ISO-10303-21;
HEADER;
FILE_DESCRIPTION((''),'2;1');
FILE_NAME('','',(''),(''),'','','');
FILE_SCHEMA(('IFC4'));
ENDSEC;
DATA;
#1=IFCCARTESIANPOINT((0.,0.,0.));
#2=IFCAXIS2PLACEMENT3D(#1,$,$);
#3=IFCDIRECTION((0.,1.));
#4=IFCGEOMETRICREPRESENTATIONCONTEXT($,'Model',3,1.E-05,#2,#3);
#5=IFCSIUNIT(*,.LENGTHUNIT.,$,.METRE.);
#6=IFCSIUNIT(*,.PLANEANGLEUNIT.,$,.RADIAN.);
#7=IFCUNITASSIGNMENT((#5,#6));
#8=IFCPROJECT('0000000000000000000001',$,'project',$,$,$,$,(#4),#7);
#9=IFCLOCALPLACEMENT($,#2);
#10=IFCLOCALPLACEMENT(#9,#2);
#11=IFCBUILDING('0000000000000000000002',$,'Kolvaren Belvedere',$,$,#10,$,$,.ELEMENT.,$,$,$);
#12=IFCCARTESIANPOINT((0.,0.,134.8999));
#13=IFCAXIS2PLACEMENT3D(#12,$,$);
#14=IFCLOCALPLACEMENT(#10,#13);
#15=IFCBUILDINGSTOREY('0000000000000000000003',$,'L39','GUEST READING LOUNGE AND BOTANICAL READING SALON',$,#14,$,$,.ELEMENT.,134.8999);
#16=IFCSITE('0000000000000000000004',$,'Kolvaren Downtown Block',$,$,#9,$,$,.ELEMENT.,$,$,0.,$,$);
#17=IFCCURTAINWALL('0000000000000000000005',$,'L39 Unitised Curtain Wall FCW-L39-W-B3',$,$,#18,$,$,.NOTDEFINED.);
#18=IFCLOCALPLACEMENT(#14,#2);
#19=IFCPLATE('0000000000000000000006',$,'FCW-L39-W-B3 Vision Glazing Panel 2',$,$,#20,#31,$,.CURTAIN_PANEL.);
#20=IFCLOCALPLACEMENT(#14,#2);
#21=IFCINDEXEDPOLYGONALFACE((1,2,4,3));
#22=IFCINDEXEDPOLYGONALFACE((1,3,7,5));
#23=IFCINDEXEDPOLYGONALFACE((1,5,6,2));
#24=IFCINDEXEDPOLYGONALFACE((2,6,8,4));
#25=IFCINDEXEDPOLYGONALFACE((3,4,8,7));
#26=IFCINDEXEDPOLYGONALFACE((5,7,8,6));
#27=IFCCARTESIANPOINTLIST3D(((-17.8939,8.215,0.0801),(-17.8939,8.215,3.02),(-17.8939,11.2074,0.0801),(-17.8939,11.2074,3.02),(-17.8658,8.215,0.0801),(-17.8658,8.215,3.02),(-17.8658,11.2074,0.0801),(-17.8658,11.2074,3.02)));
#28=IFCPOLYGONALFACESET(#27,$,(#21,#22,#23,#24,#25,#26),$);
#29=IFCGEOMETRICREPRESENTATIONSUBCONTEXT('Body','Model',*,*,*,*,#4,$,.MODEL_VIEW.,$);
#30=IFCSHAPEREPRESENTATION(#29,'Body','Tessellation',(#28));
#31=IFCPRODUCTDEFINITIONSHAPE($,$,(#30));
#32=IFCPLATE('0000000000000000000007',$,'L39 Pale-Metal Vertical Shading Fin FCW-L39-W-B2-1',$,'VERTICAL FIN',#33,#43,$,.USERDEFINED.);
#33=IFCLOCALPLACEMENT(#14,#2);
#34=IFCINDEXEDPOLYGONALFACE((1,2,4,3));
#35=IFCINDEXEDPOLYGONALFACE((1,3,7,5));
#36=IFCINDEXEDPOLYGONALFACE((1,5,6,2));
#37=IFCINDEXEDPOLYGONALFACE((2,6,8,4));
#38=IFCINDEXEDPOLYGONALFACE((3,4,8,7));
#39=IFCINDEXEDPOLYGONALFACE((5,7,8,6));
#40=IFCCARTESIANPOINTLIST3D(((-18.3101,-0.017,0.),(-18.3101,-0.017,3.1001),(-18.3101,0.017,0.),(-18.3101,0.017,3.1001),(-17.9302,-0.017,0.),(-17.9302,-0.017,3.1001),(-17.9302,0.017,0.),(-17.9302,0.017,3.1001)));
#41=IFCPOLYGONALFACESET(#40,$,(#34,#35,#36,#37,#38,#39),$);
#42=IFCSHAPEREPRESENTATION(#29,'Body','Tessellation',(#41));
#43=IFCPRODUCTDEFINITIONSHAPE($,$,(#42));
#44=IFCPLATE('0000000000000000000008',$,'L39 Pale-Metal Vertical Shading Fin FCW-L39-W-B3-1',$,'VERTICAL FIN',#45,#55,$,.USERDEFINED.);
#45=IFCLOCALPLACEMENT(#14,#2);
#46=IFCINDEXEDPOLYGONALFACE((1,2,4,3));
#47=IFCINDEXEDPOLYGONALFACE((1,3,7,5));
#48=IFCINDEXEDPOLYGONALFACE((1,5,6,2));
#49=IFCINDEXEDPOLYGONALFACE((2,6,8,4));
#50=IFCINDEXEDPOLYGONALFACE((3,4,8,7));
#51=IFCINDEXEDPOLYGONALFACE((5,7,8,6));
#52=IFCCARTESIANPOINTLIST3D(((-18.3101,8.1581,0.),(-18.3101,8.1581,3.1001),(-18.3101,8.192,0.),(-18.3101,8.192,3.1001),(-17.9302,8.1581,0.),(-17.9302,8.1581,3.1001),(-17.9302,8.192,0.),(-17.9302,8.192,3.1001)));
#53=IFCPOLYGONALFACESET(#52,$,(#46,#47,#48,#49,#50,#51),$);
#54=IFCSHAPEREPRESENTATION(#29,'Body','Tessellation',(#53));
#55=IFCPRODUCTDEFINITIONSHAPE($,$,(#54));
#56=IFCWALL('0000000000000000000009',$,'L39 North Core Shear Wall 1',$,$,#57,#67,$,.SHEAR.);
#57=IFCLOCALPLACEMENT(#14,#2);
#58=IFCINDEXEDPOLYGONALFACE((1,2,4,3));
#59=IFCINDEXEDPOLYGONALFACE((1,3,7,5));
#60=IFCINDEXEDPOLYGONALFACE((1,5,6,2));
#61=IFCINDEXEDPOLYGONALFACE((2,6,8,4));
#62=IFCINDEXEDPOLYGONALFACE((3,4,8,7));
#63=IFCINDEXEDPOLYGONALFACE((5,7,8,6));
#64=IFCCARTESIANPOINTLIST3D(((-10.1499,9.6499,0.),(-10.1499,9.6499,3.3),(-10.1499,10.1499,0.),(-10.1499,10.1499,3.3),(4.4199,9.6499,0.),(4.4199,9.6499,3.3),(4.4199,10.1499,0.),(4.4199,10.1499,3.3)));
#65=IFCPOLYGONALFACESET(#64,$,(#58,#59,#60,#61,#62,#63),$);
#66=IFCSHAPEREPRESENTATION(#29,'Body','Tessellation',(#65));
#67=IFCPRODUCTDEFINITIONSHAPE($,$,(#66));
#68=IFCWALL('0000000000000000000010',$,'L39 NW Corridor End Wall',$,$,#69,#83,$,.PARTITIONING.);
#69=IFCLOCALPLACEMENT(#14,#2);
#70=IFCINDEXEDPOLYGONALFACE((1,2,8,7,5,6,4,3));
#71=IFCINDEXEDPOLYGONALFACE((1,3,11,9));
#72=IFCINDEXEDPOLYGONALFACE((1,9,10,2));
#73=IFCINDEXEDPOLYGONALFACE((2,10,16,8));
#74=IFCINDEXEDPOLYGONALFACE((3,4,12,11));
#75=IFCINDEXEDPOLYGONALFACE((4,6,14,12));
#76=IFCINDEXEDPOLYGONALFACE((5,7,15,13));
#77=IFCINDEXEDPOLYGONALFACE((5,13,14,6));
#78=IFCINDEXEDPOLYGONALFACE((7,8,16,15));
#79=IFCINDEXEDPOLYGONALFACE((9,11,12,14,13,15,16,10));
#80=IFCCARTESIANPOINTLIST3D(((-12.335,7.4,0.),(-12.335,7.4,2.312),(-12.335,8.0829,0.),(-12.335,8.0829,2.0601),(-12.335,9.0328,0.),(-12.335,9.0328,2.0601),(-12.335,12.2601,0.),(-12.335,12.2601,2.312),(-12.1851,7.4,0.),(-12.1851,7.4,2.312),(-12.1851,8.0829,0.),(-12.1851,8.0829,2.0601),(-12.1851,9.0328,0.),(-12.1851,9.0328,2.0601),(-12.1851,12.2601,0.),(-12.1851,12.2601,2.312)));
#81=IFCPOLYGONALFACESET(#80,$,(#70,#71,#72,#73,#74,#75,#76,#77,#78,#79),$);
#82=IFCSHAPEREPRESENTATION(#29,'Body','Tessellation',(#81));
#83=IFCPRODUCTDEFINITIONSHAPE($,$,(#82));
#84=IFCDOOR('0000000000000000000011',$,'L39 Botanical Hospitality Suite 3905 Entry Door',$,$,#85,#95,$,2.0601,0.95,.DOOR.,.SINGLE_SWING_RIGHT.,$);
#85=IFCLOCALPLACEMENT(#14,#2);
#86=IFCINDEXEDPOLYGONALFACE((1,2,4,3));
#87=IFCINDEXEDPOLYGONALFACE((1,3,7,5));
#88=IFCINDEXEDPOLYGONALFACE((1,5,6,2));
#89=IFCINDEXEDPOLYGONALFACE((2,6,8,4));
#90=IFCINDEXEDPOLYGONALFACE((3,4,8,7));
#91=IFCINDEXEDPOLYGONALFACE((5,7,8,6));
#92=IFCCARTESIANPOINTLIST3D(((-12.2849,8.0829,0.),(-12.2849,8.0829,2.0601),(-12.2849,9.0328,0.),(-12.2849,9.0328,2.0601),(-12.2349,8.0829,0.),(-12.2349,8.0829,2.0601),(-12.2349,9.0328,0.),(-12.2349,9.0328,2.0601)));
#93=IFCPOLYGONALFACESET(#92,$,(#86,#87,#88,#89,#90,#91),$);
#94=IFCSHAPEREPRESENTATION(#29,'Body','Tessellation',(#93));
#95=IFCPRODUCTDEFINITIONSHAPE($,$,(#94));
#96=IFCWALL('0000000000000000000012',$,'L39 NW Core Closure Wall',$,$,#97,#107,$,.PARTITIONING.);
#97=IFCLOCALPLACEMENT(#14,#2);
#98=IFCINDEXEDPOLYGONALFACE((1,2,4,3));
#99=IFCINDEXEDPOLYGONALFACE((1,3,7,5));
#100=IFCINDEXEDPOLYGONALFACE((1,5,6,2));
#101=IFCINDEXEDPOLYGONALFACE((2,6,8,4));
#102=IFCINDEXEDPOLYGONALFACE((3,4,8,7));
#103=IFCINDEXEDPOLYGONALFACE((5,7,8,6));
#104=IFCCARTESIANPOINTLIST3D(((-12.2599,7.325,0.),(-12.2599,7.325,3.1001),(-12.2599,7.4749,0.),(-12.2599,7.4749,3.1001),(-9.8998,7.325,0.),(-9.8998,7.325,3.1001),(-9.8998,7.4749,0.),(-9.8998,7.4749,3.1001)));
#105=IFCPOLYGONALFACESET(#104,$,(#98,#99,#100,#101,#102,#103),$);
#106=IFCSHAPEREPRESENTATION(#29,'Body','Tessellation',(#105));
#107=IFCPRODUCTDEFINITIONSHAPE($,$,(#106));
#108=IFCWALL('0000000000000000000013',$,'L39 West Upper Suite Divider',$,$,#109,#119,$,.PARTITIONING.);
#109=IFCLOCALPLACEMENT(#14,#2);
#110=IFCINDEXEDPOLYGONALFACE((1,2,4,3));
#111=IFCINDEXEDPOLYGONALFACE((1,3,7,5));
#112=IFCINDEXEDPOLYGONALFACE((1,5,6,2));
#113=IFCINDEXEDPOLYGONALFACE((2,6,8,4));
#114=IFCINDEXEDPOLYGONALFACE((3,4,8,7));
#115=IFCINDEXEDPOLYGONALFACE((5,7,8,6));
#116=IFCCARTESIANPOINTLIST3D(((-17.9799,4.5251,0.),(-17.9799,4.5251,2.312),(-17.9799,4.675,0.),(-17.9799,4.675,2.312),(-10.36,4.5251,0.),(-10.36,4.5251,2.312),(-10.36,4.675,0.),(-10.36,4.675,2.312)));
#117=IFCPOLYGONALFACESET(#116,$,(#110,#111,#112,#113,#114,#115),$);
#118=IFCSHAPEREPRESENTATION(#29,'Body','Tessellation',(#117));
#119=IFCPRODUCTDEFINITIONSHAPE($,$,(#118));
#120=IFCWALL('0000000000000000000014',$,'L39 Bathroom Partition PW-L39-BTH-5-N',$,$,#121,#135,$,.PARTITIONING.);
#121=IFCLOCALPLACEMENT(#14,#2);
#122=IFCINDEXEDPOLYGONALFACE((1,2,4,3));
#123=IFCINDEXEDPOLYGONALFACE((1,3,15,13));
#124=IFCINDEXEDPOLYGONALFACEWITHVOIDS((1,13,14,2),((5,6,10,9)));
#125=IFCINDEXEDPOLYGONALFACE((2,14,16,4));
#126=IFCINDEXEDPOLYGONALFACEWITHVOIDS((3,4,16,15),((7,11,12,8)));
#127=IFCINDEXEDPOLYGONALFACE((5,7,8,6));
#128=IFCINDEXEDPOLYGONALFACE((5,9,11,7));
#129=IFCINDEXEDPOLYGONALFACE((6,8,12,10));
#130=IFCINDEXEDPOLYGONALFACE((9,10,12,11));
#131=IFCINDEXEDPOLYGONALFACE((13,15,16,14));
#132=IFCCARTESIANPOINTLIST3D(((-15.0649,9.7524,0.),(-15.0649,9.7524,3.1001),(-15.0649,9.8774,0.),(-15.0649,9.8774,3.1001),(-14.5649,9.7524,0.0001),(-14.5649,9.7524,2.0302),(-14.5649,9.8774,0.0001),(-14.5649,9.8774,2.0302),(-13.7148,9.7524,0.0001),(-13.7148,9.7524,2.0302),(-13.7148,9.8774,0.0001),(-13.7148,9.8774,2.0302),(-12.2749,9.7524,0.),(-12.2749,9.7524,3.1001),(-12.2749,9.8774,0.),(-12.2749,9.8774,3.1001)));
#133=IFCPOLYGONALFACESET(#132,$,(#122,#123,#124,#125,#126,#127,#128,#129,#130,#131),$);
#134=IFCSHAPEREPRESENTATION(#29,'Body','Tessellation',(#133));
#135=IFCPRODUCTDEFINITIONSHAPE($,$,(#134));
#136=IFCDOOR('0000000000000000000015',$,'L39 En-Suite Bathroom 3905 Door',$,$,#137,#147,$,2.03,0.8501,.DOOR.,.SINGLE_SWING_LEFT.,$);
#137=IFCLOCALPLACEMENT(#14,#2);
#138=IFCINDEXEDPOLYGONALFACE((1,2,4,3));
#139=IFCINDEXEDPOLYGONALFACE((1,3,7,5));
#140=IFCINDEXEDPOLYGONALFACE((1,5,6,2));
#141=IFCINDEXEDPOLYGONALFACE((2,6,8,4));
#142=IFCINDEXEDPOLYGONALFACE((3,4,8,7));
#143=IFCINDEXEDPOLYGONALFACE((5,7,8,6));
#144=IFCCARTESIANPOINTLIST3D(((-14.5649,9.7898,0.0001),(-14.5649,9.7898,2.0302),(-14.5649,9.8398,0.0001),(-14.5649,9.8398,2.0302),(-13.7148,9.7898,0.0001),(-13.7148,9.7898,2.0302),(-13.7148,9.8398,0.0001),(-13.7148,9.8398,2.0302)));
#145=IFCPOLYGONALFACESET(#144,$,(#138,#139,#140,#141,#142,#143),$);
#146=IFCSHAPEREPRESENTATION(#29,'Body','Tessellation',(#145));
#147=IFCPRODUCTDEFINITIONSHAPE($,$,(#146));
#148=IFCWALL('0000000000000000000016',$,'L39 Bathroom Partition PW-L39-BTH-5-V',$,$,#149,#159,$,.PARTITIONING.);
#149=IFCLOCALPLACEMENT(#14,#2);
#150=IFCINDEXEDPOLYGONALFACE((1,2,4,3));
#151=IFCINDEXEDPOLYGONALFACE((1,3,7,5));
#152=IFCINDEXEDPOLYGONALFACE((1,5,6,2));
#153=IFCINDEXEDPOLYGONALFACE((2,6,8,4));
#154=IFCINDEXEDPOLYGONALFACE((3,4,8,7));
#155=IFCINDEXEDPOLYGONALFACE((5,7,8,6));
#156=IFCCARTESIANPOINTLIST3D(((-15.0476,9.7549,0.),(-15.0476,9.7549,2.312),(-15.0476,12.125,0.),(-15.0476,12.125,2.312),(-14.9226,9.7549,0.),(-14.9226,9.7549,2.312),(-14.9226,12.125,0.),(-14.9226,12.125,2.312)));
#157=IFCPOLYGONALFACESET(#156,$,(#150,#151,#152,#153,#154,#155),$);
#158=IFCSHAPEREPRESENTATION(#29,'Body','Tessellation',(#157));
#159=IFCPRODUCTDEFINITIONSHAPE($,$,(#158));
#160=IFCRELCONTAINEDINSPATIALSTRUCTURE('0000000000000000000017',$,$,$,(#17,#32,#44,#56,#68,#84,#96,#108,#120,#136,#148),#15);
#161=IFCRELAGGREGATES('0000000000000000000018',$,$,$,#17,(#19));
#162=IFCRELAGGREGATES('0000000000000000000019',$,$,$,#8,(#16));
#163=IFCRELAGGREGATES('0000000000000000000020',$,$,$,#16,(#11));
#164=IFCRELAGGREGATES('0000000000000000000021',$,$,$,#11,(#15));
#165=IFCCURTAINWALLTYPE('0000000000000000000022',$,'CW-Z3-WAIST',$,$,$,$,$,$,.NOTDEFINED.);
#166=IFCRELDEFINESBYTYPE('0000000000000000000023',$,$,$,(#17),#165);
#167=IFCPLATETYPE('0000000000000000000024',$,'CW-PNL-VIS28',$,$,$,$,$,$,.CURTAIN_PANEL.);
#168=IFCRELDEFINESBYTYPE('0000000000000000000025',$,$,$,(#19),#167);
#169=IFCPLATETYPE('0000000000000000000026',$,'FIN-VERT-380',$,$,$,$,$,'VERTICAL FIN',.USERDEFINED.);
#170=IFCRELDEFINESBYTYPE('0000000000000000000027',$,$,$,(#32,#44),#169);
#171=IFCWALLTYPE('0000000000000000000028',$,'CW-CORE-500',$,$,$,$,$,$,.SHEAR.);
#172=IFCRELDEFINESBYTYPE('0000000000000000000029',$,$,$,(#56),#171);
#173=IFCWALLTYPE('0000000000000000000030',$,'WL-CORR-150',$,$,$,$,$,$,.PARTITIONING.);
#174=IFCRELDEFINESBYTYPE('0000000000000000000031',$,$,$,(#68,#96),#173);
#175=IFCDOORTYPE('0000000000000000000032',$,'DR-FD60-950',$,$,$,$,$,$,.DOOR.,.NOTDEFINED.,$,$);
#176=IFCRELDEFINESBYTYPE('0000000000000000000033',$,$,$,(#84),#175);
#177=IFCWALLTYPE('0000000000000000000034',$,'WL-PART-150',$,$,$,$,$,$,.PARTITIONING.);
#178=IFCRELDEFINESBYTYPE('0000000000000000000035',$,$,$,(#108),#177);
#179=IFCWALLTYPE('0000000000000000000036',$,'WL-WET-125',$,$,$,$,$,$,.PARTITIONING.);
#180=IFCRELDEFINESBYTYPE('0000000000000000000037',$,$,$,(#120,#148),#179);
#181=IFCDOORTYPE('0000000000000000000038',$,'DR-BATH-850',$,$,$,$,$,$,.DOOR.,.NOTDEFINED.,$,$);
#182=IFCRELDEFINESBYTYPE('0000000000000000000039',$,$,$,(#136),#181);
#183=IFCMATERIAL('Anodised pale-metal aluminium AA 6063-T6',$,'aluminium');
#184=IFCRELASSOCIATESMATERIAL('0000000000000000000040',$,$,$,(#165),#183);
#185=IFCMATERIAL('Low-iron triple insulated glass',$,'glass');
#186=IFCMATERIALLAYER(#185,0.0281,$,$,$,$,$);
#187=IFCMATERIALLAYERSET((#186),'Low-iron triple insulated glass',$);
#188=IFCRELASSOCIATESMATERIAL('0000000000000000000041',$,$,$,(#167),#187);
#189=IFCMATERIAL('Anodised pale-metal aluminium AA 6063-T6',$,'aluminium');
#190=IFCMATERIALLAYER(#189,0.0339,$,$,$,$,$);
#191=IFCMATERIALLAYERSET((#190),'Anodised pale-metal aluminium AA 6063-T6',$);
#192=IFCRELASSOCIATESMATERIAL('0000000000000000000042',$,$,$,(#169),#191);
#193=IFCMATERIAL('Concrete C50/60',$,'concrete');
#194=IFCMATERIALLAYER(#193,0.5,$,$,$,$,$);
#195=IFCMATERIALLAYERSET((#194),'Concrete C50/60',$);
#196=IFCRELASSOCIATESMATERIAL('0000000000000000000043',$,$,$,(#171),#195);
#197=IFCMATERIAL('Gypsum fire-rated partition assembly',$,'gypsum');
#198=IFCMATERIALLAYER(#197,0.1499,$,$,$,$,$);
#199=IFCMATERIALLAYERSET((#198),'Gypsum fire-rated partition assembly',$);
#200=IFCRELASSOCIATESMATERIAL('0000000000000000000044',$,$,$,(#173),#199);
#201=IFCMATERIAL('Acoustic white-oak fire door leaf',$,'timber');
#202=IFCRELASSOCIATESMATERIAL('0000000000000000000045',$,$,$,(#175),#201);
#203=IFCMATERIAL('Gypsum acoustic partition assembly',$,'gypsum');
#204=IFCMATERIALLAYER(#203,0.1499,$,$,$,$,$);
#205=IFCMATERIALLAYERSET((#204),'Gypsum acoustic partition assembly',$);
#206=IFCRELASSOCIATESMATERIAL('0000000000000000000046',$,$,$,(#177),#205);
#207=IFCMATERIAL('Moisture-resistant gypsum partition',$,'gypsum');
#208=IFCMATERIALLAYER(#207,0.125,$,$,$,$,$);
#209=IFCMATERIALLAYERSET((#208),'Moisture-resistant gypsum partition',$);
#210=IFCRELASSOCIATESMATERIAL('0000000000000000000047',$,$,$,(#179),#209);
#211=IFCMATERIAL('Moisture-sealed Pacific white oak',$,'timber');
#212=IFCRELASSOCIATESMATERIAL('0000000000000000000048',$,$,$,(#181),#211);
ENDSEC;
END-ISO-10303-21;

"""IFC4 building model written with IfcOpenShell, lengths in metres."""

from ifc_helpers import new_model, si_unit, direction, frame, frame_2d, origin, origin_2d, place, context, subcontext, project, spatial, rectangle, extrude, material, layer, layer_set, type_object, element, fill, aggregate, save


model = new_model("IFC4")

# Units and contexts
model_context = context("Model", 3, precision=1e-05, world=origin(), true_north=direction((0.0, 1.0)))
body_context = subcontext(model_context, "Body", "Model", "MODEL_VIEW")
ifc_project = project(units=[si_unit("LENGTHUNIT", "METRE"), si_unit("PLANEANGLEUNIT", "RADIAN")], contexts=[model_context])

# Site, building, storey
site_placement = place(None, origin())
site = spatial("IfcSite", under=ifc_project, at=site_placement, Name="Kolvaren Downtown Block", CompositionType="ELEMENT", RefElevation=0.0)
building_placement = place(site_placement, origin())
building = spatial("IfcBuilding", under=site, at=building_placement, Name="Kolvaren Belvedere", CompositionType="ELEMENT")
storey_placement = place(building_placement, frame((0.0, 0.0, 134.8999)))
storey = spatial("IfcBuildingStorey", under=building, at=storey_placement, Name="L39", Description="GUEST READING LOUNGE AND BOTANICAL READING SALON", CompositionType="ELEMENT", Elevation=134.8999)

# Curtain wall
ifc_material_1 = material(Name="Anodised pale-metal aluminium AA 6063-T6", Category="aluminium")
curtain_wall_type = type_object("IfcCurtainWallType", Name="CW-Z3-WAIST", PredefinedType="NOTDEFINED", material=ifc_material_1)
curtain_wall_1_placement = place(storey_placement, origin())
curtain_wall_1 = element("IfcCurtainWall", 1, at=curtain_wall_1_placement, inside=storey, type_object=curtain_wall_type, Name="L39 Unitised Curtain Wall FCW-L39-W-B3", PredefinedType="NOTDEFINED")

# Plate
ifc_material_2 = material(Name="Low-iron triple insulated glass", Category="glass")
ifc_layer_1 = layer(ifc_material_2, 0.0281)
ifc_layer_set_1 = layer_set([ifc_layer_1], Name="Low-iron triple insulated glass")
plate_type_1 = type_object("IfcPlateType", Name="CW-PNL-VIS28", PredefinedType="CURTAIN_PANEL", material=ifc_layer_set_1)
plate_1_placement = place(storey_placement, frame((-17.8799, 9.7112, 0.0801), z_axis=(0.0, 0.0, 1.0), x_axis=(0.0, 1.0, 0.0)))
plate_1 = element("IfcPlate", 2, at=plate_1_placement, type_object=plate_type_1, Name="FCW-L39-W-B3 Vision Glazing Panel 2", PredefinedType="CURTAIN_PANEL", context=body_context, shape_type="SweptSolid", body=[
    extrude(rectangle(XDim=2.9924, YDim=0.0281, at=origin_2d()), origin(), (0.0, 0.0, 1.0), 2.9399),
])
aggregate(curtain_wall_1, [plate_1])

# Plates
ifc_material_3 = material(Name="Anodised pale-metal aluminium AA 6063-T6", Category="aluminium")
ifc_layer_2 = layer(ifc_material_3, 0.0339)
ifc_layer_set_2 = layer_set([ifc_layer_2], Name="Anodised pale-metal aluminium AA 6063-T6")
plate_type_2 = type_object("IfcPlateType", Name="FIN-VERT-380", ElementType="VERTICAL FIN", PredefinedType="USERDEFINED", material=ifc_layer_set_2)
for number, where, z_axis, x_axis, name in (
    (3, (-18.1201, 0.0, 0.0), (0.0, 0.0, 1.0), (1.0, 0.0, 0.0), "L39 Pale-Metal Vertical Shading Fin FCW-L39-W-B2-1"),
    (4, (-18.1201, 8.175, 0.0), (0.0, 0.0, 1.0), (1.0, 0.0, 0.0), "L39 Pale-Metal Vertical Shading Fin FCW-L39-W-B3-1"),
):
    element("IfcPlate", number, at=place(storey_placement, frame(where, z_axis=z_axis, x_axis=x_axis)), inside=storey, type_object=plate_type_2, Name=name, ObjectType="VERTICAL FIN", PredefinedType="USERDEFINED", context=body_context, shape_type="SweptSolid", body=[
        extrude(rectangle(XDim=0.3799, YDim=0.0339, at=origin_2d()), origin(), (0.0, 0.0, 1.0), 3.1001),
    ])

# Wall
ifc_material_4 = material(Name="Concrete C50/60", Category="concrete")
ifc_layer_3 = layer(ifc_material_4, 0.5)
ifc_layer_set_3 = layer_set([ifc_layer_3], Name="Concrete C50/60")
wall_type_1 = type_object("IfcWallType", Name="CW-CORE-500", PredefinedType="SHEAR", material=ifc_layer_set_3)
wall_1_placement = place(storey_placement, frame((-10.1499, 9.8999, 0.0), z_axis=(0.0, 0.0, 1.0), x_axis=(1.0, 0.0, 0.0)))
element("IfcWall", 5, at=wall_1_placement, inside=storey, type_object=wall_type_1, Name="L39 North Core Shear Wall 1", PredefinedType="SHEAR", context=body_context, shape_type="SweptSolid", body=[
    extrude(rectangle(XDim=14.5698, YDim=0.5, at=frame_2d((7.2849, 0.0))), origin(), (0.0, 0.0, 1.0), 3.3),
])

# Wall, opening, door
ifc_material_5 = material(Name="Gypsum fire-rated partition assembly", Category="gypsum")
ifc_layer_4 = layer(ifc_material_5, 0.1499)
ifc_layer_set_4 = layer_set([ifc_layer_4], Name="Gypsum fire-rated partition assembly")
wall_type_2 = type_object("IfcWallType", Name="WL-CORR-150", PredefinedType="PARTITIONING", material=ifc_layer_set_4)
wall_2_placement = place(storey_placement, frame((-12.26, 7.3999, 0.0), z_axis=(0.0, 0.0, 1.0), x_axis=(0.0, 1.0, 0.0)))
wall_2 = element("IfcWall", 6, at=wall_2_placement, inside=storey, type_object=wall_type_2, Name="L39 NW Corridor End Wall", PredefinedType="PARTITIONING", context=body_context, shape_type="SweptSolid", body=[
    extrude(rectangle(XDim=4.8601, YDim=0.1499, at=frame_2d((2.4302, 0.0))), origin(), (0.0, 0.0, 1.0), 2.312),
])
opening_1_placement = place(wall_2_placement, frame((0.6829, 0.0, 0.0)))
opening_1 = element("IfcOpeningElement", 7, at=opening_1_placement, cuts=wall_2, PredefinedType="OPENING", context=body_context, shape_type="SweptSolid", body=[
    extrude(rectangle(XDim=0.95, YDim=2.0601, at=frame_2d((0.4751, 1.03))), frame((0.0, 0.085, 0.0), z_axis=(0.0, -1.0, 0.0), x_axis=(1.0, 0.0, 0.0)), (0.0, 0.0, 1.0), 0.1699),
])
ifc_material_6 = material(Name="Acoustic white-oak fire door leaf", Category="timber")
door_type_1 = type_object("IfcDoorType", Name="DR-FD60-950", OperationType="NOTDEFINED", PredefinedType="DOOR", material=ifc_material_6)
door_1_placement = place(opening_1_placement, origin())
door_1 = element("IfcDoor", 8, at=door_1_placement, inside=storey, type_object=door_type_1, Name="L39 Botanical Hospitality Suite 3905 Entry Door", OperationType="SINGLE_SWING_RIGHT", OverallHeight=2.0601, OverallWidth=0.95, PredefinedType="DOOR", context=body_context, shape_type="SweptSolid", body=[
    extrude(rectangle(XDim=0.95, YDim=2.0601, at=frame_2d((0.4751, 1.03))), frame((0.0, 0.0249, 0.0), z_axis=(0.0, -1.0, 0.0), x_axis=(1.0, 0.0, 0.0)), (0.0, 0.0, 1.0), 0.05),
])
fill(opening_1, door_1)

# Walls
wall_3_placement = place(storey_placement, frame((-12.26, 7.3999, 0.0), z_axis=(0.0, 0.0, 1.0), x_axis=(1.0, 0.0, 0.0)))
element("IfcWall", 9, at=wall_3_placement, inside=storey, type_object=wall_type_2, Name="L39 NW Core Closure Wall", PredefinedType="PARTITIONING", context=body_context, shape_type="SweptSolid", body=[
    extrude(rectangle(XDim=2.3601, YDim=0.1499, at=frame_2d((1.1802, 0.0))), origin(), (0.0, 0.0, 1.0), 3.1001),
])
ifc_material_7 = material(Name="Gypsum acoustic partition assembly", Category="gypsum")
ifc_layer_5 = layer(ifc_material_7, 0.1499)
ifc_layer_set_5 = layer_set([ifc_layer_5], Name="Gypsum acoustic partition assembly")
wall_type_3 = type_object("IfcWallType", Name="WL-PART-150", PredefinedType="PARTITIONING", material=ifc_layer_set_5)
wall_4_placement = place(storey_placement, frame((-17.98, 4.6001, 0.0), z_axis=(0.0, 0.0, 1.0), x_axis=(1.0, 0.0, 0.0)))
element("IfcWall", 10, at=wall_4_placement, inside=storey, type_object=wall_type_3, Name="L39 West Upper Suite Divider", PredefinedType="PARTITIONING", context=body_context, shape_type="SweptSolid", body=[
    extrude(rectangle(XDim=7.6199, YDim=0.1499, at=frame_2d((3.8101, 0.0))), origin(), (0.0, 0.0, 1.0), 2.312),
])

# Wall, opening, door
ifc_material_8 = material(Name="Moisture-resistant gypsum partition", Category="gypsum")
ifc_layer_6 = layer(ifc_material_8, 0.125)
ifc_layer_set_6 = layer_set([ifc_layer_6], Name="Moisture-resistant gypsum partition")
wall_type_4 = type_object("IfcWallType", Name="WL-WET-125", PredefinedType="PARTITIONING", material=ifc_layer_set_6)
wall_5_placement = place(storey_placement, frame((-15.0649, 9.8149, 0.0), z_axis=(0.0, 0.0, 1.0), x_axis=(1.0, 0.0, 0.0)))
wall_5 = element("IfcWall", 11, at=wall_5_placement, inside=storey, type_object=wall_type_4, Name="L39 Bathroom Partition PW-L39-BTH-5-N", PredefinedType="PARTITIONING", context=body_context, shape_type="SweptSolid", body=[
    extrude(rectangle(XDim=2.79, YDim=0.125, at=frame_2d((1.395, 0.0))), origin(), (0.0, 0.0, 1.0), 3.1001),
])
opening_2_placement = place(wall_5_placement, frame((0.5, 0.0, 0.0)))
opening_2 = element("IfcOpeningElement", 12, at=opening_2_placement, cuts=wall_5, PredefinedType="OPENING", context=body_context, shape_type="SweptSolid", body=[
    extrude(rectangle(XDim=0.8501, YDim=2.03, at=frame_2d((0.425, 1.0151))), frame((0.0, 0.0725, 0.0), z_axis=(0.0, -1.0, 0.0), x_axis=(1.0, 0.0, 0.0)), (0.0, 0.0, 1.0), 0.145),
])
ifc_material_9 = material(Name="Moisture-sealed Pacific white oak", Category="timber")
door_type_2 = type_object("IfcDoorType", Name="DR-BATH-850", OperationType="NOTDEFINED", PredefinedType="DOOR", material=ifc_material_9)
door_2_placement = place(opening_2_placement, origin())
door_2 = element("IfcDoor", 13, at=door_2_placement, inside=storey, type_object=door_type_2, Name="L39 En-Suite Bathroom 3905 Door", OperationType="SINGLE_SWING_LEFT", OverallHeight=2.03, OverallWidth=0.8501, PredefinedType="DOOR", context=body_context, shape_type="SweptSolid", body=[
    extrude(rectangle(XDim=0.8501, YDim=2.03, at=frame_2d((0.425, 1.0151))), frame((0.0, 0.0249, 0.0), z_axis=(0.0, -1.0, 0.0), x_axis=(1.0, 0.0, 0.0)), (0.0, 0.0, 1.0), 0.05),
])
fill(opening_2, door_2)

# Wall
wall_6_placement = place(storey_placement, frame((-14.9851, 9.7549, 0.0), z_axis=(0.0, 0.0, 1.0), x_axis=(0.0, 1.0, 0.0)))
element("IfcWall", 14, at=wall_6_placement, inside=storey, type_object=wall_type_4, Name="L39 Bathroom Partition PW-L39-BTH-5-V", PredefinedType="PARTITIONING", context=body_context, shape_type="SweptSolid", body=[
    extrude(rectangle(XDim=2.3701, YDim=0.125, at=frame_2d((1.1851, 0.0))), origin(), (0.0, 0.0, 1.0), 2.312),
])

save(model, "model.ifc")
